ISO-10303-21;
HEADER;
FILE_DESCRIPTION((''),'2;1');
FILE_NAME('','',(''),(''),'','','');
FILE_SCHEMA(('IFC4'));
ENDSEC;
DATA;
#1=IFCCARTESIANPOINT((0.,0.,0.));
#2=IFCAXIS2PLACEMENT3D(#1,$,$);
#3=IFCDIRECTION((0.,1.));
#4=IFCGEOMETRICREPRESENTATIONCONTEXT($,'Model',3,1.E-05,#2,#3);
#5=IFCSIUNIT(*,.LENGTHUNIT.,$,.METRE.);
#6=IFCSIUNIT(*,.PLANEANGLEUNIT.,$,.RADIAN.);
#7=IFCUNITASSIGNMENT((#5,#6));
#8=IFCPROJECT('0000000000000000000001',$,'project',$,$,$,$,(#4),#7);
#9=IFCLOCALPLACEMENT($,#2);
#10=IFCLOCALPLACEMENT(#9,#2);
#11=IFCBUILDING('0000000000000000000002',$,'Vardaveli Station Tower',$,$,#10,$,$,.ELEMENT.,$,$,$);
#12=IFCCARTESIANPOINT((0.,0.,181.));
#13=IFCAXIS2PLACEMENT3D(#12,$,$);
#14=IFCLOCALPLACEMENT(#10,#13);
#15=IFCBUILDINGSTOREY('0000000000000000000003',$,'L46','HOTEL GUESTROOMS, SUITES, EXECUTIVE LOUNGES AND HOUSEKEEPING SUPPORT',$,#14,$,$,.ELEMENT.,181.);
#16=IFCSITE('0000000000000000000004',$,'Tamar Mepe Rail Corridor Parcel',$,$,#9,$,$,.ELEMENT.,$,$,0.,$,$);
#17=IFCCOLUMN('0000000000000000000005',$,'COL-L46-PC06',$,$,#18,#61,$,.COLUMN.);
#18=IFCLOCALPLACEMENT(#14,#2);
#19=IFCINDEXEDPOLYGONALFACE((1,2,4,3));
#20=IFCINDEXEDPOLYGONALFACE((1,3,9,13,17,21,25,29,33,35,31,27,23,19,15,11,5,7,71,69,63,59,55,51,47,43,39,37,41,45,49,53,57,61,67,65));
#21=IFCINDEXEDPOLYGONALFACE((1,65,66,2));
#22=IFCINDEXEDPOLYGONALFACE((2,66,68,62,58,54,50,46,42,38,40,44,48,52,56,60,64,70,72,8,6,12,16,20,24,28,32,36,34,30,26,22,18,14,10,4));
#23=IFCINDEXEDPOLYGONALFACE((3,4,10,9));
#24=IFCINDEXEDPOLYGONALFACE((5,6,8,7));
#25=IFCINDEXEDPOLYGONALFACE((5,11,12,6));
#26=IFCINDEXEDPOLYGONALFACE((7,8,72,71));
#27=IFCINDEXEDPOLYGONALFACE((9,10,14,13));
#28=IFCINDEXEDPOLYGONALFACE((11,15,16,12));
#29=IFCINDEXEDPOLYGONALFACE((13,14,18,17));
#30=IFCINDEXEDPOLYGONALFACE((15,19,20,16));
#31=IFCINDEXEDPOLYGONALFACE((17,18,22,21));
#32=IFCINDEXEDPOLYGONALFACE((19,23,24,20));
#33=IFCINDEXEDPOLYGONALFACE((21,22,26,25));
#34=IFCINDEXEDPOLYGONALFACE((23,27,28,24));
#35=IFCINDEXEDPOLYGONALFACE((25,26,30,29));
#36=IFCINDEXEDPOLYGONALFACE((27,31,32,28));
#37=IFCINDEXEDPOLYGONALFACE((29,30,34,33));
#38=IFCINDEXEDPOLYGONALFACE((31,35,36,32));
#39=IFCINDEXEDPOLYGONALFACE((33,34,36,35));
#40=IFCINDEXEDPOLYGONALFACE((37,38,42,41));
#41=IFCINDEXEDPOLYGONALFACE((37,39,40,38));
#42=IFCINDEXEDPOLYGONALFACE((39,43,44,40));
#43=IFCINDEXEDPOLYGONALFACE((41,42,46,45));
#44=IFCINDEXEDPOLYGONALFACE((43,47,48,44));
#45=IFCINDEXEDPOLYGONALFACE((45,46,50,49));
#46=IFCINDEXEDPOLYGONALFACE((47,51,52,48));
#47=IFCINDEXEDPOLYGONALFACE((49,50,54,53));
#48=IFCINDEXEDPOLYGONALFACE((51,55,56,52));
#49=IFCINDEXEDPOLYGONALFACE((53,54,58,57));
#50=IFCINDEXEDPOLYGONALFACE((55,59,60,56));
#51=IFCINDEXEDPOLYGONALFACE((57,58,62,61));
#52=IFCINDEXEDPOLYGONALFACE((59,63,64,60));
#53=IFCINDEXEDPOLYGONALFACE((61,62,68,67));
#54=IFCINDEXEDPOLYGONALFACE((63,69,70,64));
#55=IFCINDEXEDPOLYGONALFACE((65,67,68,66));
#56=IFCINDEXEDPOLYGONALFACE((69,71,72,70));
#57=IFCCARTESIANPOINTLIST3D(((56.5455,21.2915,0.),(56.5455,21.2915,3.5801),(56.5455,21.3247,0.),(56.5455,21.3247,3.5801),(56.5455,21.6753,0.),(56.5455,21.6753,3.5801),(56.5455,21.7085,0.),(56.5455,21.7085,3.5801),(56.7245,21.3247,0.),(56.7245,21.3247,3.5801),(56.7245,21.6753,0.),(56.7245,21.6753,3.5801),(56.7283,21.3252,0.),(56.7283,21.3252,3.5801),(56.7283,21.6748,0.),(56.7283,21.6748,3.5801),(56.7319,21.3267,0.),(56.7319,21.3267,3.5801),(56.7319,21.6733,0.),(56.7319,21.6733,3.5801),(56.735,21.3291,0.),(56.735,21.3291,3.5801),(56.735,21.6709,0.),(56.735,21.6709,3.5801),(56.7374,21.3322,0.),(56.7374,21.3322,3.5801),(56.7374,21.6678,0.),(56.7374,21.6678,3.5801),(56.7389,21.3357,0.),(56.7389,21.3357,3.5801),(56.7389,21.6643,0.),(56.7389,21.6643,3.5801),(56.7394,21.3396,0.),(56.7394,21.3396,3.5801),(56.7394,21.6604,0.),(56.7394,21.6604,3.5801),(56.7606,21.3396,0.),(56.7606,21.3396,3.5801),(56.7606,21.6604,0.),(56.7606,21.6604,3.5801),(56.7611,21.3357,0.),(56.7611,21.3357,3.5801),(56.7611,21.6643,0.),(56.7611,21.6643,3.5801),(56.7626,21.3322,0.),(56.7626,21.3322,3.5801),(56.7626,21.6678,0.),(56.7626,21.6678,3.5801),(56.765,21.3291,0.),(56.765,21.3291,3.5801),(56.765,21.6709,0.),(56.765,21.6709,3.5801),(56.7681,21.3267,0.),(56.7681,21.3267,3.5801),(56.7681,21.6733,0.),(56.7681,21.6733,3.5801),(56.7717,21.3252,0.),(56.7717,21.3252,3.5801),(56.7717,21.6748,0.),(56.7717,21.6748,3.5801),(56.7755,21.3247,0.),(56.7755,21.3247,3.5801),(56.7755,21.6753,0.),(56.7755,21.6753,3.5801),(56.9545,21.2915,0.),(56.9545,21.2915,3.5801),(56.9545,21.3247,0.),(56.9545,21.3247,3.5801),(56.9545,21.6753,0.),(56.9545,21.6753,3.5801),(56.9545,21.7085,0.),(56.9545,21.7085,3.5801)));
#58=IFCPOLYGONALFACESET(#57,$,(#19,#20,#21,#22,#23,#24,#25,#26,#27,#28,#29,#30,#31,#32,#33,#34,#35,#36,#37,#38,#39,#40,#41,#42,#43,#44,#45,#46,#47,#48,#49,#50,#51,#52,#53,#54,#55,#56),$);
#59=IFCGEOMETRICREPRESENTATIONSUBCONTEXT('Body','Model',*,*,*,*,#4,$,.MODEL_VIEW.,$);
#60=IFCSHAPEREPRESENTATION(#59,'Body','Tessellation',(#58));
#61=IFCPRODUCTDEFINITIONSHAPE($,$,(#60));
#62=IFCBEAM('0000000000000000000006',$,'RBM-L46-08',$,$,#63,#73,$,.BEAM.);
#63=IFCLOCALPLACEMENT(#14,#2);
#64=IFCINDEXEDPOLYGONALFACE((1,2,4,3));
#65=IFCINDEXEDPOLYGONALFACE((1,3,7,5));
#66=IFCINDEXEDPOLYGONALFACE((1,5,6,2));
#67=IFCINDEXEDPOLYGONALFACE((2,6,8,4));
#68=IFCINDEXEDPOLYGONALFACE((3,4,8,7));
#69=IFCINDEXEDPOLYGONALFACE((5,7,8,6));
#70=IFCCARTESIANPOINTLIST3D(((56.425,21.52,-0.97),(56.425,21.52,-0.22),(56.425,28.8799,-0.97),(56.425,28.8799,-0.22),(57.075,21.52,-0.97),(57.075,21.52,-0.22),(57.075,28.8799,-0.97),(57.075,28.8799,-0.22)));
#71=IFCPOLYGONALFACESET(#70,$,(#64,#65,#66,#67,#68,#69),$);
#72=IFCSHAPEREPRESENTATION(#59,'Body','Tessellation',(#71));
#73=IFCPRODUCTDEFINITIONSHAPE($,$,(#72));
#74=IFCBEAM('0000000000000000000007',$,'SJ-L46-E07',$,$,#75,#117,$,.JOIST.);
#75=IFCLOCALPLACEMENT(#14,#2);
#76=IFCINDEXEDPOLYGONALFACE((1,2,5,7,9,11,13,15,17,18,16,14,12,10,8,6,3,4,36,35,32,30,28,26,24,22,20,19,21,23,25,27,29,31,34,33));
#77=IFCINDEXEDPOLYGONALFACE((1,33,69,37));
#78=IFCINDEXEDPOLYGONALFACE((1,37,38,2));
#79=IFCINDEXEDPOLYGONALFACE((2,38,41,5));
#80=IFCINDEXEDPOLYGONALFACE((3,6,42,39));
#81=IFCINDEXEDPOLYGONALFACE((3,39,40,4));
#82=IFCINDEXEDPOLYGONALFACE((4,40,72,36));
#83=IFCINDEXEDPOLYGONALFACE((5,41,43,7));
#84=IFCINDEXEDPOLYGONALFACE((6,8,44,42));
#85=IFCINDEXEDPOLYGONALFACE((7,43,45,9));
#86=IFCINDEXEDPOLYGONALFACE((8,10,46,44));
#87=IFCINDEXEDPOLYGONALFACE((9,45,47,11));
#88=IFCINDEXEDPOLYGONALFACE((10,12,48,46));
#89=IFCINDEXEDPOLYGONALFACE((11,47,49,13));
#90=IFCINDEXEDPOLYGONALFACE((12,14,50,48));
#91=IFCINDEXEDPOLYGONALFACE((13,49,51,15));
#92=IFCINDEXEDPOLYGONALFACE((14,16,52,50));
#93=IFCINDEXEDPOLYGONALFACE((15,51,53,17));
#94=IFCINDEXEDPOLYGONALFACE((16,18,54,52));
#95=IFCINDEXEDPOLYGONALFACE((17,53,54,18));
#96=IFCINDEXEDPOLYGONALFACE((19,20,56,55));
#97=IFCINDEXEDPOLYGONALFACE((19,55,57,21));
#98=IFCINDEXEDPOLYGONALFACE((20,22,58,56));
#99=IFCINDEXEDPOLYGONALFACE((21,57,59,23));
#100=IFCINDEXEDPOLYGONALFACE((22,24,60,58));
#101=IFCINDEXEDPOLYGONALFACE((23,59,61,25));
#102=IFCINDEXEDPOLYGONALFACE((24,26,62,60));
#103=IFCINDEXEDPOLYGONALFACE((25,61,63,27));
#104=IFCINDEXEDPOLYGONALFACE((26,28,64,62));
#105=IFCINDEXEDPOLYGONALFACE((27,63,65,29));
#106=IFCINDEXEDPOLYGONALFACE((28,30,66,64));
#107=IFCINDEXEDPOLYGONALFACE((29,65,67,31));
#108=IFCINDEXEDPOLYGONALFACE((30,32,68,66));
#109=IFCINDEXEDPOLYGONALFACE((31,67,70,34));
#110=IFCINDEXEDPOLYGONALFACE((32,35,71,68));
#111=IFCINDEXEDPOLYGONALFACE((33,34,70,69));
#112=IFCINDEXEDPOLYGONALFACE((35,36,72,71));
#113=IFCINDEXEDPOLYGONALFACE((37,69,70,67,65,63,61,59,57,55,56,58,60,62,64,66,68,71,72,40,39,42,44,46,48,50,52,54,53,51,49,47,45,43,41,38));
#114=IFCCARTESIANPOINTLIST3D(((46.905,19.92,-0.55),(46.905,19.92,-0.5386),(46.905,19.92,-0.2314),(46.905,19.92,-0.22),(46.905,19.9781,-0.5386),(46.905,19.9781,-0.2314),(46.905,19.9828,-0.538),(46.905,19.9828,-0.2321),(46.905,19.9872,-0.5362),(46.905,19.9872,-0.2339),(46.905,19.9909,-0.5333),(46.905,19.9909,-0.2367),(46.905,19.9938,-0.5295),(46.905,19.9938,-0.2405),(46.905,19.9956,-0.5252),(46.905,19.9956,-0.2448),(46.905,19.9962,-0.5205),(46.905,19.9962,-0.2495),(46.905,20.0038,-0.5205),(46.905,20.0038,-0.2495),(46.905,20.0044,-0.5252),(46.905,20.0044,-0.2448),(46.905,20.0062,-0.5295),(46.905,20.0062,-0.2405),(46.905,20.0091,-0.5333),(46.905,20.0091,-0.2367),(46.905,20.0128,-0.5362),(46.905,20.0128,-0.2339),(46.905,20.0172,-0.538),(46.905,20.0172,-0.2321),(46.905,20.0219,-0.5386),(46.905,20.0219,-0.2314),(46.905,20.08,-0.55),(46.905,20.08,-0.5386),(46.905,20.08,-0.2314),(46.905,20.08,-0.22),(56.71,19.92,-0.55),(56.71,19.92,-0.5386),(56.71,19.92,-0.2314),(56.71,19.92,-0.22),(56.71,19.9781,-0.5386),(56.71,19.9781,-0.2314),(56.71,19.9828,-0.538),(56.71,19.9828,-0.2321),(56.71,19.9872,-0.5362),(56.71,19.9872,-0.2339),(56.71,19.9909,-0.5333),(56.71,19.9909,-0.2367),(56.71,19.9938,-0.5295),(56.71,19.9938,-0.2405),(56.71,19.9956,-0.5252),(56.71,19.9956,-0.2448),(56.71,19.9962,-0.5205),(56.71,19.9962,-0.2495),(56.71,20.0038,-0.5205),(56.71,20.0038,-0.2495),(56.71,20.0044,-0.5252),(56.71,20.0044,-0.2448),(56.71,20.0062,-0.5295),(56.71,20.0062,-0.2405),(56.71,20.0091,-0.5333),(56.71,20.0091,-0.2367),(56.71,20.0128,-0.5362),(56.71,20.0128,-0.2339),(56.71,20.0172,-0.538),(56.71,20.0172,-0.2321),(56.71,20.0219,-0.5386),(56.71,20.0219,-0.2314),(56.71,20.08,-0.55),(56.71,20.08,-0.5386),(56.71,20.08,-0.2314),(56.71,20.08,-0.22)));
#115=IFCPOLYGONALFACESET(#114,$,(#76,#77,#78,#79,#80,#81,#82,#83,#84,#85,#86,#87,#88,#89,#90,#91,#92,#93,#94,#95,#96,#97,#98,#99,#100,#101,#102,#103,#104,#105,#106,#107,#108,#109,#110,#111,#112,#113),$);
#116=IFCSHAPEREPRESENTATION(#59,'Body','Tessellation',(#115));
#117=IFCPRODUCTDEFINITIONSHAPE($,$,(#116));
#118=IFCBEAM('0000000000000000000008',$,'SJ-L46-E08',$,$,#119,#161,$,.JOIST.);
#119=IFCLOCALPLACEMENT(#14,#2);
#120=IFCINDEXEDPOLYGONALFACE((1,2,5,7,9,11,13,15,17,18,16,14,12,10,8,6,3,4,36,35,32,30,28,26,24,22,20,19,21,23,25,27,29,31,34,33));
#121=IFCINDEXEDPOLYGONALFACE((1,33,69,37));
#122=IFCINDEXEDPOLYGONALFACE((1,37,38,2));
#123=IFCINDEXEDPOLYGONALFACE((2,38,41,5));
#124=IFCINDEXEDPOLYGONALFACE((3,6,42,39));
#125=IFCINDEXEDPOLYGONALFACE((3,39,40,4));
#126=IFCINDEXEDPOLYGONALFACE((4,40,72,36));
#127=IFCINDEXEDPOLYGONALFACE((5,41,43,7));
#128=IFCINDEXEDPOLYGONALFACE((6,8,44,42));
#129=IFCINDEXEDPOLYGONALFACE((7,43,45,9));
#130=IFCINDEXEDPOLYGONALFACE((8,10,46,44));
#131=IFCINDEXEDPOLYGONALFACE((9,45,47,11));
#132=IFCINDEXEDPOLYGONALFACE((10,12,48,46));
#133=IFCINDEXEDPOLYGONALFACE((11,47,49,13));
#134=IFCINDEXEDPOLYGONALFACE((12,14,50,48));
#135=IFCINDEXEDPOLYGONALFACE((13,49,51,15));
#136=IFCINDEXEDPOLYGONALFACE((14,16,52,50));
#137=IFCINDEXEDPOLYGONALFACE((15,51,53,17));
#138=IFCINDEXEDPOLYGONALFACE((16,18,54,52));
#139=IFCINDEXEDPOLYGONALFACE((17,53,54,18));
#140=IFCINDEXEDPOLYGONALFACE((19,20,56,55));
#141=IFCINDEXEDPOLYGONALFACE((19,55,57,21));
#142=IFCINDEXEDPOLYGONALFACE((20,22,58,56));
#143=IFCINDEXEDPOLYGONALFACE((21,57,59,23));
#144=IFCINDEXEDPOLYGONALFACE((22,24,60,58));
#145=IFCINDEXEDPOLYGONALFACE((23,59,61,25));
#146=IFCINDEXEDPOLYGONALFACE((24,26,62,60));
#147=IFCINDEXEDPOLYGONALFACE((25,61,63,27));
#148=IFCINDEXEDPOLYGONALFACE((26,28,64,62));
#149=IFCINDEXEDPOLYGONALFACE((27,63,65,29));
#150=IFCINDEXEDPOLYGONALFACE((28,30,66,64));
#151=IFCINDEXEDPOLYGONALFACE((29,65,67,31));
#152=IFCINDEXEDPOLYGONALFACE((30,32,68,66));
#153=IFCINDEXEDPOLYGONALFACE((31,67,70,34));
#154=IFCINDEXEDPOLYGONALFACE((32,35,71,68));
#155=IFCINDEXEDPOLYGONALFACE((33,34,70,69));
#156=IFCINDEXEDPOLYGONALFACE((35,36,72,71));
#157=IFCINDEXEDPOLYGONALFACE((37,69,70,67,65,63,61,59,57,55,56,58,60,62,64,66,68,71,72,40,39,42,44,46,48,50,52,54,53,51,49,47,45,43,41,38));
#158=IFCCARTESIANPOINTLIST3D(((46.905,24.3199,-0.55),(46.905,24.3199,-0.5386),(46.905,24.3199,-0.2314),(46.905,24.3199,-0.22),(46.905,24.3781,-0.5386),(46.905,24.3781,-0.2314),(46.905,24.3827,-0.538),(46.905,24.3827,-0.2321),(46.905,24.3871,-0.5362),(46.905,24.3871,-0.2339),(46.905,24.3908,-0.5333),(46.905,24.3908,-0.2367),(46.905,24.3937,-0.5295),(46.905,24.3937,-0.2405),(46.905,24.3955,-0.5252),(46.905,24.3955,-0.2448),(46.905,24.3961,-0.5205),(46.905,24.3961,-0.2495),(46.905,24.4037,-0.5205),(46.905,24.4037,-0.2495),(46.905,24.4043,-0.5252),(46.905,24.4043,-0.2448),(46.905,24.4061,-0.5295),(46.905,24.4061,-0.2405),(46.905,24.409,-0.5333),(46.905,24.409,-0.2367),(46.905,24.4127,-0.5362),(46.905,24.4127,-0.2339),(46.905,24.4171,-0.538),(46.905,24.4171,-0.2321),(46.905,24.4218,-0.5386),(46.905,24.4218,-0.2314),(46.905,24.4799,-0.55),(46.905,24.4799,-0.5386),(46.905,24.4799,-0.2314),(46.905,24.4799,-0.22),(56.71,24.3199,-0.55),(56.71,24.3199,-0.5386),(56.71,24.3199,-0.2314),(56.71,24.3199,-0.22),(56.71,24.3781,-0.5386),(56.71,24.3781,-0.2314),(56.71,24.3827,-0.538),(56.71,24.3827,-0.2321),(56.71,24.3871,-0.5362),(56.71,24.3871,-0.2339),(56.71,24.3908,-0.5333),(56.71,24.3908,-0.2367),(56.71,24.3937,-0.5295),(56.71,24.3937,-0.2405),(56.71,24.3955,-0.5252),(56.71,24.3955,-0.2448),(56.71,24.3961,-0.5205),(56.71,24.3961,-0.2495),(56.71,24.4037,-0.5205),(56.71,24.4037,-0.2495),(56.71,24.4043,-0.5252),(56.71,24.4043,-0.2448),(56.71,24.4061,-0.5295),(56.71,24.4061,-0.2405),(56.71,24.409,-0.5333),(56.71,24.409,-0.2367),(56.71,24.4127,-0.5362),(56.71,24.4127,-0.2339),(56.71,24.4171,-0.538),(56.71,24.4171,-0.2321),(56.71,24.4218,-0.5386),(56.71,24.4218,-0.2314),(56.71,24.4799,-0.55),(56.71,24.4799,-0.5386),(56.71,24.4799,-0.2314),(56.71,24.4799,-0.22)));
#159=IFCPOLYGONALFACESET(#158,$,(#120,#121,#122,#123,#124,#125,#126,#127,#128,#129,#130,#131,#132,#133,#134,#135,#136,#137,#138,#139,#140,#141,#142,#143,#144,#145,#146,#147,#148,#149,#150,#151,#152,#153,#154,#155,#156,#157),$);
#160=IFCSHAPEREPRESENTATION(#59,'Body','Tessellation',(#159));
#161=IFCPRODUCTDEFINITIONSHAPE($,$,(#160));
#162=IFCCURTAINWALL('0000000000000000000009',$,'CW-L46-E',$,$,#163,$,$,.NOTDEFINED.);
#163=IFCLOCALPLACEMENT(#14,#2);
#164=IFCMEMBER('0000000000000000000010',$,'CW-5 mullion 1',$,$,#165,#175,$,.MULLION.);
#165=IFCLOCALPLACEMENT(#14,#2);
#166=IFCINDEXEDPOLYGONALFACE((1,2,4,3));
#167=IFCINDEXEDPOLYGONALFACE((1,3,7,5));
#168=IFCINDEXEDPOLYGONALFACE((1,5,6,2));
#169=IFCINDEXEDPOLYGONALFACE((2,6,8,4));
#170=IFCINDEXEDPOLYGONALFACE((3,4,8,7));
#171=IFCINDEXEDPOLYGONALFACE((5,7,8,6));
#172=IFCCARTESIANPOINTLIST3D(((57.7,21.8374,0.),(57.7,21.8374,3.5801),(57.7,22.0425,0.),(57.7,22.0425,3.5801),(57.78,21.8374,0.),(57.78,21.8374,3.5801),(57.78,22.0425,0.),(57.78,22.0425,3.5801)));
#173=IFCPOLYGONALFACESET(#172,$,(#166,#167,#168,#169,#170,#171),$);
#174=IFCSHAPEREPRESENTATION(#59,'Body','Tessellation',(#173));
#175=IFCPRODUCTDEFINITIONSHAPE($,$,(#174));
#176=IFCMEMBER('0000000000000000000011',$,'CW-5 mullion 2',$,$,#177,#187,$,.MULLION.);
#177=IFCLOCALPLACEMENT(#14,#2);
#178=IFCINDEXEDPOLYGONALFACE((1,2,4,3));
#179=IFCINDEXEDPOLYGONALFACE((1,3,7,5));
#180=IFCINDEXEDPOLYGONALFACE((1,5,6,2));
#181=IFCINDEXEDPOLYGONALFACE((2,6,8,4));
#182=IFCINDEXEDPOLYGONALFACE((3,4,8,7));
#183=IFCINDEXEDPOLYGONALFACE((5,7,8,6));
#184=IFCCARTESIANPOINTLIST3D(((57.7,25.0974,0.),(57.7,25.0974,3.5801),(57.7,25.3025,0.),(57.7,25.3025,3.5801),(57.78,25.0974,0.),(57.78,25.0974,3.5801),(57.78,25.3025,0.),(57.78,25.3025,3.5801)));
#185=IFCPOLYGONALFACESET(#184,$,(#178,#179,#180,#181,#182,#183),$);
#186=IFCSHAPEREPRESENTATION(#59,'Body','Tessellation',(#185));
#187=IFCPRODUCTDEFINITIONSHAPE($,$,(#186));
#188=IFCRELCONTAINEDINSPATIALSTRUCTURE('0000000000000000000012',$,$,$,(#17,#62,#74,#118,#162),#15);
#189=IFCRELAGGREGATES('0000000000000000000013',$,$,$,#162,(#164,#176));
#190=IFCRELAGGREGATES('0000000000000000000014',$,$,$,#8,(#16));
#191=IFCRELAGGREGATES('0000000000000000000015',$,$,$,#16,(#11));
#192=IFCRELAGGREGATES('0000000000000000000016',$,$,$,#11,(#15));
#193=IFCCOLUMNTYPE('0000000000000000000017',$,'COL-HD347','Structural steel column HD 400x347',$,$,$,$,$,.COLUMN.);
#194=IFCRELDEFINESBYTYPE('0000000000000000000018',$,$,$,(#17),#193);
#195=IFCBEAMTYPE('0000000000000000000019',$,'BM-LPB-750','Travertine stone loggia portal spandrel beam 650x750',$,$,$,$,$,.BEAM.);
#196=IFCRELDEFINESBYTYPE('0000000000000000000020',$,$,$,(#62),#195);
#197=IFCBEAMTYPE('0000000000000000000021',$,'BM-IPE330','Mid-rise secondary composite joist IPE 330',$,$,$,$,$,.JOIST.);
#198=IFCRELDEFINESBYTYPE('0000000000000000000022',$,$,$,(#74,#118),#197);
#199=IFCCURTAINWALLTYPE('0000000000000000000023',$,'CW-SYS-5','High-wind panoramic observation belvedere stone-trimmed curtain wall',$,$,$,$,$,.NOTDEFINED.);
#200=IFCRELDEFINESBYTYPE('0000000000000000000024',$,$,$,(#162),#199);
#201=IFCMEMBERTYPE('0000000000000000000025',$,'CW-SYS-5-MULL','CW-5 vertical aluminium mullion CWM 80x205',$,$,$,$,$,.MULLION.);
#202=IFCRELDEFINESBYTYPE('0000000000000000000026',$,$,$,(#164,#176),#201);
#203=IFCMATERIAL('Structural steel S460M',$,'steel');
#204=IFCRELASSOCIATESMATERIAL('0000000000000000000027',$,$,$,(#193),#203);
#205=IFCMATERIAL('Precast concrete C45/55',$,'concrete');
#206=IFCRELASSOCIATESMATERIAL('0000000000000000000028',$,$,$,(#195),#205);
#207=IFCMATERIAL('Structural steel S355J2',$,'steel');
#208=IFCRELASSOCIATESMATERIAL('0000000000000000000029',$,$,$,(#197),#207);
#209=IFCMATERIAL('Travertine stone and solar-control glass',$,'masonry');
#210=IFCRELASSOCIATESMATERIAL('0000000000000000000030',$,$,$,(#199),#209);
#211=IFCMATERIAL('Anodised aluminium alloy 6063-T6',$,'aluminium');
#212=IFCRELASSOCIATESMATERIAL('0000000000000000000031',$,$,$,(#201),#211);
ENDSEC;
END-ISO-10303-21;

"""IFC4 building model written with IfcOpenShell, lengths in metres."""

from ifc_helpers import new_model, si_unit, direction, frame, origin, origin_2d, place, context, subcontext, project, spatial, rectangle, i_section, extrude, source, transform, mapped, material, material_profile, profile_set, type_object, element, aggregate, save


model = new_model("IFC4")

# Units and contexts
model_context = context("Model", 3, precision=1e-05, world=origin(), true_north=direction((0.0, 1.0)))
body_context = subcontext(model_context, "Body", "Model", "MODEL_VIEW")
ifc_project = project(units=[si_unit("LENGTHUNIT", "METRE"), si_unit("PLANEANGLEUNIT", "RADIAN")], contexts=[model_context])

# Site, building, storey
site_placement = place(None, origin())
site = spatial("IfcSite", under=ifc_project, at=site_placement, Name="Tamar Mepe Rail Corridor Parcel", CompositionType="ELEMENT", RefElevation=0.0)
building_placement = place(site_placement, origin())
building = spatial("IfcBuilding", under=site, at=building_placement, Name="Vardaveli Station Tower", CompositionType="ELEMENT")
storey_placement = place(building_placement, frame((0.0, 0.0, 181.0)))
storey = spatial("IfcBuildingStorey", under=building, at=storey_placement, Name="L46", Description="HOTEL GUESTROOMS, SUITES, EXECUTIVE LOUNGES AND HOUSEKEEPING SUPPORT", CompositionType="ELEMENT", Elevation=181.0)

# Column
ifc_material_1 = material(Name="Structural steel S460M", Category="steel")
ifc_material_profile_1 = material_profile(ifc_material_1, i_section(OverallWidth=0.4089, OverallDepth=0.417, WebThickness=0.0212, FlangeThickness=0.0332, FilletRadius=0.0149, at=origin_2d()), Name="HD 400x347")
ifc_profile_set_1 = profile_set([ifc_material_profile_1], Name="Structural steel S460M")
column_type = type_object("IfcColumnType", Name="COL-HD347", Description="Structural steel column HD 400x347", PredefinedType="COLUMN", material=ifc_profile_set_1)
shared_shape_1 = source(origin(), body_context, "Body", "SweptSolid", [
    extrude(i_section(OverallWidth=0.4089, OverallDepth=0.417, WebThickness=0.0212, FlangeThickness=0.0332, FilletRadius=0.0149, at=origin_2d()), origin(), (0.0, 0.0, 1.0), 3.5801),
])
column_placement = place(storey_placement, frame((56.75, 21.5, 0.0), z_axis=(0.0, 0.0, 1.0), x_axis=(1.0, 0.0, 0.0)))
element("IfcColumn", 1, at=column_placement, inside=storey, type_object=column_type, Name="COL-L46-PC06", PredefinedType="COLUMN", context=body_context, shape_type="MappedRepresentation", body=[
    mapped(shared_shape_1, transform((0.0, 0.0, 0.0), scale=1.0)),
])

# Beams
ifc_material_2 = material(Name="Precast concrete C45/55", Category="concrete")
ifc_material_profile_2 = material_profile(ifc_material_2, rectangle(XDim=0.6499, YDim=0.75, at=origin_2d()), Name="LPB 650x750")
ifc_profile_set_2 = profile_set([ifc_material_profile_2], Name="Precast concrete C45/55")
beam_type_1 = type_object("IfcBeamType", Name="BM-LPB-750", Description="Travertine stone loggia portal spandrel beam 650x750", PredefinedType="BEAM", material=ifc_profile_set_2)
shared_shape_2 = source(origin(), body_context, "Body", "SweptSolid", [
    extrude(rectangle(XDim=0.6499, YDim=0.75, at=origin_2d()), origin(), (0.0, 0.0, 1.0), 7.3599),
])
beam_placement = place(storey_placement, frame((56.75, 21.52, -0.595), z_axis=(0.0, 1.0, 0.0), x_axis=(-1.0, 0.0, 0.0)))
element("IfcBeam", 2, at=beam_placement, inside=storey, type_object=beam_type_1, Name="RBM-L46-08", PredefinedType="BEAM", context=body_context, shape_type="MappedRepresentation", body=[
    mapped(shared_shape_2, transform((0.0, 0.0, 0.0), scale=1.0)),
])
ifc_material_3 = material(Name="Structural steel S355J2", Category="steel")
ifc_material_profile_3 = material_profile(ifc_material_3, i_section(OverallWidth=0.1599, OverallDepth=0.3301, WebThickness=0.0076, FlangeThickness=0.0115, FilletRadius=0.0181, at=origin_2d()), Name="IPE 330")
ifc_profile_set_3 = profile_set([ifc_material_profile_3], Name="Structural steel S355J2")
beam_type_2 = type_object("IfcBeamType", Name="BM-IPE330", Description="Mid-rise secondary composite joist IPE 330", PredefinedType="JOIST", material=ifc_profile_set_3)
shared_shape_3 = source(origin(), body_context, "Body", "SweptSolid", [
    extrude(i_section(OverallWidth=0.1599, OverallDepth=0.3301, WebThickness=0.0076, FlangeThickness=0.0115, FilletRadius=0.0181, at=origin_2d()), origin(), (0.0, 0.0, 1.0), 9.8049),
])
for number, where, z_axis, x_axis, name in (
    (3, (46.905, 20.0, -0.385), (1.0, 0.0, 0.0), (0.0, 1.0, 0.0), "SJ-L46-E07"),
    (4, (46.905, 24.3999, -0.385), (1.0, 0.0, 0.0), (0.0, 1.0, 0.0), "SJ-L46-E08"),
):
    element("IfcBeam", number, at=place(storey_placement, frame(where, z_axis=z_axis, x_axis=x_axis)), inside=storey, type_object=beam_type_2, Name=name, PredefinedType="JOIST", context=body_context, shape_type="MappedRepresentation", body=[
        mapped(shared_shape_3, transform((0.0, 0.0, 0.0), scale=1.0)),
    ])

# Curtain wall, members
ifc_material_4 = material(Name="Travertine stone and solar-control glass", Category="masonry")
curtain_wall_type = type_object("IfcCurtainWallType", Name="CW-SYS-5", Description="High-wind panoramic observation belvedere stone-trimmed curtain wall", PredefinedType="NOTDEFINED", material=ifc_material_4)
curtain_wall_placement = place(storey_placement, origin())
curtain_wall = element("IfcCurtainWall", 5, at=curtain_wall_placement, inside=storey, type_object=curtain_wall_type, Name="CW-L46-E", PredefinedType="NOTDEFINED")
ifc_material_5 = material(Name="Anodised aluminium alloy 6063-T6", Category="aluminium")
ifc_material_profile_4 = material_profile(ifc_material_5, rectangle(XDim=0.0801, YDim=0.2051, at=origin_2d()), Name="CWM 80x205")
ifc_profile_set_4 = profile_set([ifc_material_profile_4], Name="Anodised aluminium alloy 6063-T6")
member_type_1 = type_object("IfcMemberType", Name="CW-SYS-5-MULL", Description="CW-5 vertical aluminium mullion CWM 80x205", PredefinedType="MULLION", material=ifc_profile_set_4)
shared_shape_4 = source(origin(), body_context, "Body", "SweptSolid", [
    extrude(rectangle(XDim=0.0801, YDim=0.2051, at=origin_2d()), origin(), (0.0, 0.0, 1.0), 3.5801),
])
member_1_placement = place(storey_placement, frame((57.74, 21.9399, 0.0), z_axis=(0.0, 0.0, 1.0), x_axis=(-1.0, 0.0, 0.0)))
member_1 = element("IfcMember", 6, at=member_1_placement, type_object=member_type_1, Name="CW-5 mullion 1", PredefinedType="MULLION", context=body_context, shape_type="MappedRepresentation", body=[
    mapped(shared_shape_4, transform((0.0, 0.0, 0.0), scale=1.0)),
])
member_2_placement = place(storey_placement, frame((57.74, 25.2, 0.0), z_axis=(0.0, 0.0, 1.0), x_axis=(-1.0, 0.0, 0.0)))
member_2 = element("IfcMember", 7, at=member_2_placement, type_object=member_type_1, Name="CW-5 mullion 2", PredefinedType="MULLION", context=body_context, shape_type="MappedRepresentation", body=[
    mapped(shared_shape_4, transform((0.0, 0.0, 0.0), scale=1.0)),
])
aggregate(curtain_wall, [member_1, member_2])

save(model, "model.ifc")
